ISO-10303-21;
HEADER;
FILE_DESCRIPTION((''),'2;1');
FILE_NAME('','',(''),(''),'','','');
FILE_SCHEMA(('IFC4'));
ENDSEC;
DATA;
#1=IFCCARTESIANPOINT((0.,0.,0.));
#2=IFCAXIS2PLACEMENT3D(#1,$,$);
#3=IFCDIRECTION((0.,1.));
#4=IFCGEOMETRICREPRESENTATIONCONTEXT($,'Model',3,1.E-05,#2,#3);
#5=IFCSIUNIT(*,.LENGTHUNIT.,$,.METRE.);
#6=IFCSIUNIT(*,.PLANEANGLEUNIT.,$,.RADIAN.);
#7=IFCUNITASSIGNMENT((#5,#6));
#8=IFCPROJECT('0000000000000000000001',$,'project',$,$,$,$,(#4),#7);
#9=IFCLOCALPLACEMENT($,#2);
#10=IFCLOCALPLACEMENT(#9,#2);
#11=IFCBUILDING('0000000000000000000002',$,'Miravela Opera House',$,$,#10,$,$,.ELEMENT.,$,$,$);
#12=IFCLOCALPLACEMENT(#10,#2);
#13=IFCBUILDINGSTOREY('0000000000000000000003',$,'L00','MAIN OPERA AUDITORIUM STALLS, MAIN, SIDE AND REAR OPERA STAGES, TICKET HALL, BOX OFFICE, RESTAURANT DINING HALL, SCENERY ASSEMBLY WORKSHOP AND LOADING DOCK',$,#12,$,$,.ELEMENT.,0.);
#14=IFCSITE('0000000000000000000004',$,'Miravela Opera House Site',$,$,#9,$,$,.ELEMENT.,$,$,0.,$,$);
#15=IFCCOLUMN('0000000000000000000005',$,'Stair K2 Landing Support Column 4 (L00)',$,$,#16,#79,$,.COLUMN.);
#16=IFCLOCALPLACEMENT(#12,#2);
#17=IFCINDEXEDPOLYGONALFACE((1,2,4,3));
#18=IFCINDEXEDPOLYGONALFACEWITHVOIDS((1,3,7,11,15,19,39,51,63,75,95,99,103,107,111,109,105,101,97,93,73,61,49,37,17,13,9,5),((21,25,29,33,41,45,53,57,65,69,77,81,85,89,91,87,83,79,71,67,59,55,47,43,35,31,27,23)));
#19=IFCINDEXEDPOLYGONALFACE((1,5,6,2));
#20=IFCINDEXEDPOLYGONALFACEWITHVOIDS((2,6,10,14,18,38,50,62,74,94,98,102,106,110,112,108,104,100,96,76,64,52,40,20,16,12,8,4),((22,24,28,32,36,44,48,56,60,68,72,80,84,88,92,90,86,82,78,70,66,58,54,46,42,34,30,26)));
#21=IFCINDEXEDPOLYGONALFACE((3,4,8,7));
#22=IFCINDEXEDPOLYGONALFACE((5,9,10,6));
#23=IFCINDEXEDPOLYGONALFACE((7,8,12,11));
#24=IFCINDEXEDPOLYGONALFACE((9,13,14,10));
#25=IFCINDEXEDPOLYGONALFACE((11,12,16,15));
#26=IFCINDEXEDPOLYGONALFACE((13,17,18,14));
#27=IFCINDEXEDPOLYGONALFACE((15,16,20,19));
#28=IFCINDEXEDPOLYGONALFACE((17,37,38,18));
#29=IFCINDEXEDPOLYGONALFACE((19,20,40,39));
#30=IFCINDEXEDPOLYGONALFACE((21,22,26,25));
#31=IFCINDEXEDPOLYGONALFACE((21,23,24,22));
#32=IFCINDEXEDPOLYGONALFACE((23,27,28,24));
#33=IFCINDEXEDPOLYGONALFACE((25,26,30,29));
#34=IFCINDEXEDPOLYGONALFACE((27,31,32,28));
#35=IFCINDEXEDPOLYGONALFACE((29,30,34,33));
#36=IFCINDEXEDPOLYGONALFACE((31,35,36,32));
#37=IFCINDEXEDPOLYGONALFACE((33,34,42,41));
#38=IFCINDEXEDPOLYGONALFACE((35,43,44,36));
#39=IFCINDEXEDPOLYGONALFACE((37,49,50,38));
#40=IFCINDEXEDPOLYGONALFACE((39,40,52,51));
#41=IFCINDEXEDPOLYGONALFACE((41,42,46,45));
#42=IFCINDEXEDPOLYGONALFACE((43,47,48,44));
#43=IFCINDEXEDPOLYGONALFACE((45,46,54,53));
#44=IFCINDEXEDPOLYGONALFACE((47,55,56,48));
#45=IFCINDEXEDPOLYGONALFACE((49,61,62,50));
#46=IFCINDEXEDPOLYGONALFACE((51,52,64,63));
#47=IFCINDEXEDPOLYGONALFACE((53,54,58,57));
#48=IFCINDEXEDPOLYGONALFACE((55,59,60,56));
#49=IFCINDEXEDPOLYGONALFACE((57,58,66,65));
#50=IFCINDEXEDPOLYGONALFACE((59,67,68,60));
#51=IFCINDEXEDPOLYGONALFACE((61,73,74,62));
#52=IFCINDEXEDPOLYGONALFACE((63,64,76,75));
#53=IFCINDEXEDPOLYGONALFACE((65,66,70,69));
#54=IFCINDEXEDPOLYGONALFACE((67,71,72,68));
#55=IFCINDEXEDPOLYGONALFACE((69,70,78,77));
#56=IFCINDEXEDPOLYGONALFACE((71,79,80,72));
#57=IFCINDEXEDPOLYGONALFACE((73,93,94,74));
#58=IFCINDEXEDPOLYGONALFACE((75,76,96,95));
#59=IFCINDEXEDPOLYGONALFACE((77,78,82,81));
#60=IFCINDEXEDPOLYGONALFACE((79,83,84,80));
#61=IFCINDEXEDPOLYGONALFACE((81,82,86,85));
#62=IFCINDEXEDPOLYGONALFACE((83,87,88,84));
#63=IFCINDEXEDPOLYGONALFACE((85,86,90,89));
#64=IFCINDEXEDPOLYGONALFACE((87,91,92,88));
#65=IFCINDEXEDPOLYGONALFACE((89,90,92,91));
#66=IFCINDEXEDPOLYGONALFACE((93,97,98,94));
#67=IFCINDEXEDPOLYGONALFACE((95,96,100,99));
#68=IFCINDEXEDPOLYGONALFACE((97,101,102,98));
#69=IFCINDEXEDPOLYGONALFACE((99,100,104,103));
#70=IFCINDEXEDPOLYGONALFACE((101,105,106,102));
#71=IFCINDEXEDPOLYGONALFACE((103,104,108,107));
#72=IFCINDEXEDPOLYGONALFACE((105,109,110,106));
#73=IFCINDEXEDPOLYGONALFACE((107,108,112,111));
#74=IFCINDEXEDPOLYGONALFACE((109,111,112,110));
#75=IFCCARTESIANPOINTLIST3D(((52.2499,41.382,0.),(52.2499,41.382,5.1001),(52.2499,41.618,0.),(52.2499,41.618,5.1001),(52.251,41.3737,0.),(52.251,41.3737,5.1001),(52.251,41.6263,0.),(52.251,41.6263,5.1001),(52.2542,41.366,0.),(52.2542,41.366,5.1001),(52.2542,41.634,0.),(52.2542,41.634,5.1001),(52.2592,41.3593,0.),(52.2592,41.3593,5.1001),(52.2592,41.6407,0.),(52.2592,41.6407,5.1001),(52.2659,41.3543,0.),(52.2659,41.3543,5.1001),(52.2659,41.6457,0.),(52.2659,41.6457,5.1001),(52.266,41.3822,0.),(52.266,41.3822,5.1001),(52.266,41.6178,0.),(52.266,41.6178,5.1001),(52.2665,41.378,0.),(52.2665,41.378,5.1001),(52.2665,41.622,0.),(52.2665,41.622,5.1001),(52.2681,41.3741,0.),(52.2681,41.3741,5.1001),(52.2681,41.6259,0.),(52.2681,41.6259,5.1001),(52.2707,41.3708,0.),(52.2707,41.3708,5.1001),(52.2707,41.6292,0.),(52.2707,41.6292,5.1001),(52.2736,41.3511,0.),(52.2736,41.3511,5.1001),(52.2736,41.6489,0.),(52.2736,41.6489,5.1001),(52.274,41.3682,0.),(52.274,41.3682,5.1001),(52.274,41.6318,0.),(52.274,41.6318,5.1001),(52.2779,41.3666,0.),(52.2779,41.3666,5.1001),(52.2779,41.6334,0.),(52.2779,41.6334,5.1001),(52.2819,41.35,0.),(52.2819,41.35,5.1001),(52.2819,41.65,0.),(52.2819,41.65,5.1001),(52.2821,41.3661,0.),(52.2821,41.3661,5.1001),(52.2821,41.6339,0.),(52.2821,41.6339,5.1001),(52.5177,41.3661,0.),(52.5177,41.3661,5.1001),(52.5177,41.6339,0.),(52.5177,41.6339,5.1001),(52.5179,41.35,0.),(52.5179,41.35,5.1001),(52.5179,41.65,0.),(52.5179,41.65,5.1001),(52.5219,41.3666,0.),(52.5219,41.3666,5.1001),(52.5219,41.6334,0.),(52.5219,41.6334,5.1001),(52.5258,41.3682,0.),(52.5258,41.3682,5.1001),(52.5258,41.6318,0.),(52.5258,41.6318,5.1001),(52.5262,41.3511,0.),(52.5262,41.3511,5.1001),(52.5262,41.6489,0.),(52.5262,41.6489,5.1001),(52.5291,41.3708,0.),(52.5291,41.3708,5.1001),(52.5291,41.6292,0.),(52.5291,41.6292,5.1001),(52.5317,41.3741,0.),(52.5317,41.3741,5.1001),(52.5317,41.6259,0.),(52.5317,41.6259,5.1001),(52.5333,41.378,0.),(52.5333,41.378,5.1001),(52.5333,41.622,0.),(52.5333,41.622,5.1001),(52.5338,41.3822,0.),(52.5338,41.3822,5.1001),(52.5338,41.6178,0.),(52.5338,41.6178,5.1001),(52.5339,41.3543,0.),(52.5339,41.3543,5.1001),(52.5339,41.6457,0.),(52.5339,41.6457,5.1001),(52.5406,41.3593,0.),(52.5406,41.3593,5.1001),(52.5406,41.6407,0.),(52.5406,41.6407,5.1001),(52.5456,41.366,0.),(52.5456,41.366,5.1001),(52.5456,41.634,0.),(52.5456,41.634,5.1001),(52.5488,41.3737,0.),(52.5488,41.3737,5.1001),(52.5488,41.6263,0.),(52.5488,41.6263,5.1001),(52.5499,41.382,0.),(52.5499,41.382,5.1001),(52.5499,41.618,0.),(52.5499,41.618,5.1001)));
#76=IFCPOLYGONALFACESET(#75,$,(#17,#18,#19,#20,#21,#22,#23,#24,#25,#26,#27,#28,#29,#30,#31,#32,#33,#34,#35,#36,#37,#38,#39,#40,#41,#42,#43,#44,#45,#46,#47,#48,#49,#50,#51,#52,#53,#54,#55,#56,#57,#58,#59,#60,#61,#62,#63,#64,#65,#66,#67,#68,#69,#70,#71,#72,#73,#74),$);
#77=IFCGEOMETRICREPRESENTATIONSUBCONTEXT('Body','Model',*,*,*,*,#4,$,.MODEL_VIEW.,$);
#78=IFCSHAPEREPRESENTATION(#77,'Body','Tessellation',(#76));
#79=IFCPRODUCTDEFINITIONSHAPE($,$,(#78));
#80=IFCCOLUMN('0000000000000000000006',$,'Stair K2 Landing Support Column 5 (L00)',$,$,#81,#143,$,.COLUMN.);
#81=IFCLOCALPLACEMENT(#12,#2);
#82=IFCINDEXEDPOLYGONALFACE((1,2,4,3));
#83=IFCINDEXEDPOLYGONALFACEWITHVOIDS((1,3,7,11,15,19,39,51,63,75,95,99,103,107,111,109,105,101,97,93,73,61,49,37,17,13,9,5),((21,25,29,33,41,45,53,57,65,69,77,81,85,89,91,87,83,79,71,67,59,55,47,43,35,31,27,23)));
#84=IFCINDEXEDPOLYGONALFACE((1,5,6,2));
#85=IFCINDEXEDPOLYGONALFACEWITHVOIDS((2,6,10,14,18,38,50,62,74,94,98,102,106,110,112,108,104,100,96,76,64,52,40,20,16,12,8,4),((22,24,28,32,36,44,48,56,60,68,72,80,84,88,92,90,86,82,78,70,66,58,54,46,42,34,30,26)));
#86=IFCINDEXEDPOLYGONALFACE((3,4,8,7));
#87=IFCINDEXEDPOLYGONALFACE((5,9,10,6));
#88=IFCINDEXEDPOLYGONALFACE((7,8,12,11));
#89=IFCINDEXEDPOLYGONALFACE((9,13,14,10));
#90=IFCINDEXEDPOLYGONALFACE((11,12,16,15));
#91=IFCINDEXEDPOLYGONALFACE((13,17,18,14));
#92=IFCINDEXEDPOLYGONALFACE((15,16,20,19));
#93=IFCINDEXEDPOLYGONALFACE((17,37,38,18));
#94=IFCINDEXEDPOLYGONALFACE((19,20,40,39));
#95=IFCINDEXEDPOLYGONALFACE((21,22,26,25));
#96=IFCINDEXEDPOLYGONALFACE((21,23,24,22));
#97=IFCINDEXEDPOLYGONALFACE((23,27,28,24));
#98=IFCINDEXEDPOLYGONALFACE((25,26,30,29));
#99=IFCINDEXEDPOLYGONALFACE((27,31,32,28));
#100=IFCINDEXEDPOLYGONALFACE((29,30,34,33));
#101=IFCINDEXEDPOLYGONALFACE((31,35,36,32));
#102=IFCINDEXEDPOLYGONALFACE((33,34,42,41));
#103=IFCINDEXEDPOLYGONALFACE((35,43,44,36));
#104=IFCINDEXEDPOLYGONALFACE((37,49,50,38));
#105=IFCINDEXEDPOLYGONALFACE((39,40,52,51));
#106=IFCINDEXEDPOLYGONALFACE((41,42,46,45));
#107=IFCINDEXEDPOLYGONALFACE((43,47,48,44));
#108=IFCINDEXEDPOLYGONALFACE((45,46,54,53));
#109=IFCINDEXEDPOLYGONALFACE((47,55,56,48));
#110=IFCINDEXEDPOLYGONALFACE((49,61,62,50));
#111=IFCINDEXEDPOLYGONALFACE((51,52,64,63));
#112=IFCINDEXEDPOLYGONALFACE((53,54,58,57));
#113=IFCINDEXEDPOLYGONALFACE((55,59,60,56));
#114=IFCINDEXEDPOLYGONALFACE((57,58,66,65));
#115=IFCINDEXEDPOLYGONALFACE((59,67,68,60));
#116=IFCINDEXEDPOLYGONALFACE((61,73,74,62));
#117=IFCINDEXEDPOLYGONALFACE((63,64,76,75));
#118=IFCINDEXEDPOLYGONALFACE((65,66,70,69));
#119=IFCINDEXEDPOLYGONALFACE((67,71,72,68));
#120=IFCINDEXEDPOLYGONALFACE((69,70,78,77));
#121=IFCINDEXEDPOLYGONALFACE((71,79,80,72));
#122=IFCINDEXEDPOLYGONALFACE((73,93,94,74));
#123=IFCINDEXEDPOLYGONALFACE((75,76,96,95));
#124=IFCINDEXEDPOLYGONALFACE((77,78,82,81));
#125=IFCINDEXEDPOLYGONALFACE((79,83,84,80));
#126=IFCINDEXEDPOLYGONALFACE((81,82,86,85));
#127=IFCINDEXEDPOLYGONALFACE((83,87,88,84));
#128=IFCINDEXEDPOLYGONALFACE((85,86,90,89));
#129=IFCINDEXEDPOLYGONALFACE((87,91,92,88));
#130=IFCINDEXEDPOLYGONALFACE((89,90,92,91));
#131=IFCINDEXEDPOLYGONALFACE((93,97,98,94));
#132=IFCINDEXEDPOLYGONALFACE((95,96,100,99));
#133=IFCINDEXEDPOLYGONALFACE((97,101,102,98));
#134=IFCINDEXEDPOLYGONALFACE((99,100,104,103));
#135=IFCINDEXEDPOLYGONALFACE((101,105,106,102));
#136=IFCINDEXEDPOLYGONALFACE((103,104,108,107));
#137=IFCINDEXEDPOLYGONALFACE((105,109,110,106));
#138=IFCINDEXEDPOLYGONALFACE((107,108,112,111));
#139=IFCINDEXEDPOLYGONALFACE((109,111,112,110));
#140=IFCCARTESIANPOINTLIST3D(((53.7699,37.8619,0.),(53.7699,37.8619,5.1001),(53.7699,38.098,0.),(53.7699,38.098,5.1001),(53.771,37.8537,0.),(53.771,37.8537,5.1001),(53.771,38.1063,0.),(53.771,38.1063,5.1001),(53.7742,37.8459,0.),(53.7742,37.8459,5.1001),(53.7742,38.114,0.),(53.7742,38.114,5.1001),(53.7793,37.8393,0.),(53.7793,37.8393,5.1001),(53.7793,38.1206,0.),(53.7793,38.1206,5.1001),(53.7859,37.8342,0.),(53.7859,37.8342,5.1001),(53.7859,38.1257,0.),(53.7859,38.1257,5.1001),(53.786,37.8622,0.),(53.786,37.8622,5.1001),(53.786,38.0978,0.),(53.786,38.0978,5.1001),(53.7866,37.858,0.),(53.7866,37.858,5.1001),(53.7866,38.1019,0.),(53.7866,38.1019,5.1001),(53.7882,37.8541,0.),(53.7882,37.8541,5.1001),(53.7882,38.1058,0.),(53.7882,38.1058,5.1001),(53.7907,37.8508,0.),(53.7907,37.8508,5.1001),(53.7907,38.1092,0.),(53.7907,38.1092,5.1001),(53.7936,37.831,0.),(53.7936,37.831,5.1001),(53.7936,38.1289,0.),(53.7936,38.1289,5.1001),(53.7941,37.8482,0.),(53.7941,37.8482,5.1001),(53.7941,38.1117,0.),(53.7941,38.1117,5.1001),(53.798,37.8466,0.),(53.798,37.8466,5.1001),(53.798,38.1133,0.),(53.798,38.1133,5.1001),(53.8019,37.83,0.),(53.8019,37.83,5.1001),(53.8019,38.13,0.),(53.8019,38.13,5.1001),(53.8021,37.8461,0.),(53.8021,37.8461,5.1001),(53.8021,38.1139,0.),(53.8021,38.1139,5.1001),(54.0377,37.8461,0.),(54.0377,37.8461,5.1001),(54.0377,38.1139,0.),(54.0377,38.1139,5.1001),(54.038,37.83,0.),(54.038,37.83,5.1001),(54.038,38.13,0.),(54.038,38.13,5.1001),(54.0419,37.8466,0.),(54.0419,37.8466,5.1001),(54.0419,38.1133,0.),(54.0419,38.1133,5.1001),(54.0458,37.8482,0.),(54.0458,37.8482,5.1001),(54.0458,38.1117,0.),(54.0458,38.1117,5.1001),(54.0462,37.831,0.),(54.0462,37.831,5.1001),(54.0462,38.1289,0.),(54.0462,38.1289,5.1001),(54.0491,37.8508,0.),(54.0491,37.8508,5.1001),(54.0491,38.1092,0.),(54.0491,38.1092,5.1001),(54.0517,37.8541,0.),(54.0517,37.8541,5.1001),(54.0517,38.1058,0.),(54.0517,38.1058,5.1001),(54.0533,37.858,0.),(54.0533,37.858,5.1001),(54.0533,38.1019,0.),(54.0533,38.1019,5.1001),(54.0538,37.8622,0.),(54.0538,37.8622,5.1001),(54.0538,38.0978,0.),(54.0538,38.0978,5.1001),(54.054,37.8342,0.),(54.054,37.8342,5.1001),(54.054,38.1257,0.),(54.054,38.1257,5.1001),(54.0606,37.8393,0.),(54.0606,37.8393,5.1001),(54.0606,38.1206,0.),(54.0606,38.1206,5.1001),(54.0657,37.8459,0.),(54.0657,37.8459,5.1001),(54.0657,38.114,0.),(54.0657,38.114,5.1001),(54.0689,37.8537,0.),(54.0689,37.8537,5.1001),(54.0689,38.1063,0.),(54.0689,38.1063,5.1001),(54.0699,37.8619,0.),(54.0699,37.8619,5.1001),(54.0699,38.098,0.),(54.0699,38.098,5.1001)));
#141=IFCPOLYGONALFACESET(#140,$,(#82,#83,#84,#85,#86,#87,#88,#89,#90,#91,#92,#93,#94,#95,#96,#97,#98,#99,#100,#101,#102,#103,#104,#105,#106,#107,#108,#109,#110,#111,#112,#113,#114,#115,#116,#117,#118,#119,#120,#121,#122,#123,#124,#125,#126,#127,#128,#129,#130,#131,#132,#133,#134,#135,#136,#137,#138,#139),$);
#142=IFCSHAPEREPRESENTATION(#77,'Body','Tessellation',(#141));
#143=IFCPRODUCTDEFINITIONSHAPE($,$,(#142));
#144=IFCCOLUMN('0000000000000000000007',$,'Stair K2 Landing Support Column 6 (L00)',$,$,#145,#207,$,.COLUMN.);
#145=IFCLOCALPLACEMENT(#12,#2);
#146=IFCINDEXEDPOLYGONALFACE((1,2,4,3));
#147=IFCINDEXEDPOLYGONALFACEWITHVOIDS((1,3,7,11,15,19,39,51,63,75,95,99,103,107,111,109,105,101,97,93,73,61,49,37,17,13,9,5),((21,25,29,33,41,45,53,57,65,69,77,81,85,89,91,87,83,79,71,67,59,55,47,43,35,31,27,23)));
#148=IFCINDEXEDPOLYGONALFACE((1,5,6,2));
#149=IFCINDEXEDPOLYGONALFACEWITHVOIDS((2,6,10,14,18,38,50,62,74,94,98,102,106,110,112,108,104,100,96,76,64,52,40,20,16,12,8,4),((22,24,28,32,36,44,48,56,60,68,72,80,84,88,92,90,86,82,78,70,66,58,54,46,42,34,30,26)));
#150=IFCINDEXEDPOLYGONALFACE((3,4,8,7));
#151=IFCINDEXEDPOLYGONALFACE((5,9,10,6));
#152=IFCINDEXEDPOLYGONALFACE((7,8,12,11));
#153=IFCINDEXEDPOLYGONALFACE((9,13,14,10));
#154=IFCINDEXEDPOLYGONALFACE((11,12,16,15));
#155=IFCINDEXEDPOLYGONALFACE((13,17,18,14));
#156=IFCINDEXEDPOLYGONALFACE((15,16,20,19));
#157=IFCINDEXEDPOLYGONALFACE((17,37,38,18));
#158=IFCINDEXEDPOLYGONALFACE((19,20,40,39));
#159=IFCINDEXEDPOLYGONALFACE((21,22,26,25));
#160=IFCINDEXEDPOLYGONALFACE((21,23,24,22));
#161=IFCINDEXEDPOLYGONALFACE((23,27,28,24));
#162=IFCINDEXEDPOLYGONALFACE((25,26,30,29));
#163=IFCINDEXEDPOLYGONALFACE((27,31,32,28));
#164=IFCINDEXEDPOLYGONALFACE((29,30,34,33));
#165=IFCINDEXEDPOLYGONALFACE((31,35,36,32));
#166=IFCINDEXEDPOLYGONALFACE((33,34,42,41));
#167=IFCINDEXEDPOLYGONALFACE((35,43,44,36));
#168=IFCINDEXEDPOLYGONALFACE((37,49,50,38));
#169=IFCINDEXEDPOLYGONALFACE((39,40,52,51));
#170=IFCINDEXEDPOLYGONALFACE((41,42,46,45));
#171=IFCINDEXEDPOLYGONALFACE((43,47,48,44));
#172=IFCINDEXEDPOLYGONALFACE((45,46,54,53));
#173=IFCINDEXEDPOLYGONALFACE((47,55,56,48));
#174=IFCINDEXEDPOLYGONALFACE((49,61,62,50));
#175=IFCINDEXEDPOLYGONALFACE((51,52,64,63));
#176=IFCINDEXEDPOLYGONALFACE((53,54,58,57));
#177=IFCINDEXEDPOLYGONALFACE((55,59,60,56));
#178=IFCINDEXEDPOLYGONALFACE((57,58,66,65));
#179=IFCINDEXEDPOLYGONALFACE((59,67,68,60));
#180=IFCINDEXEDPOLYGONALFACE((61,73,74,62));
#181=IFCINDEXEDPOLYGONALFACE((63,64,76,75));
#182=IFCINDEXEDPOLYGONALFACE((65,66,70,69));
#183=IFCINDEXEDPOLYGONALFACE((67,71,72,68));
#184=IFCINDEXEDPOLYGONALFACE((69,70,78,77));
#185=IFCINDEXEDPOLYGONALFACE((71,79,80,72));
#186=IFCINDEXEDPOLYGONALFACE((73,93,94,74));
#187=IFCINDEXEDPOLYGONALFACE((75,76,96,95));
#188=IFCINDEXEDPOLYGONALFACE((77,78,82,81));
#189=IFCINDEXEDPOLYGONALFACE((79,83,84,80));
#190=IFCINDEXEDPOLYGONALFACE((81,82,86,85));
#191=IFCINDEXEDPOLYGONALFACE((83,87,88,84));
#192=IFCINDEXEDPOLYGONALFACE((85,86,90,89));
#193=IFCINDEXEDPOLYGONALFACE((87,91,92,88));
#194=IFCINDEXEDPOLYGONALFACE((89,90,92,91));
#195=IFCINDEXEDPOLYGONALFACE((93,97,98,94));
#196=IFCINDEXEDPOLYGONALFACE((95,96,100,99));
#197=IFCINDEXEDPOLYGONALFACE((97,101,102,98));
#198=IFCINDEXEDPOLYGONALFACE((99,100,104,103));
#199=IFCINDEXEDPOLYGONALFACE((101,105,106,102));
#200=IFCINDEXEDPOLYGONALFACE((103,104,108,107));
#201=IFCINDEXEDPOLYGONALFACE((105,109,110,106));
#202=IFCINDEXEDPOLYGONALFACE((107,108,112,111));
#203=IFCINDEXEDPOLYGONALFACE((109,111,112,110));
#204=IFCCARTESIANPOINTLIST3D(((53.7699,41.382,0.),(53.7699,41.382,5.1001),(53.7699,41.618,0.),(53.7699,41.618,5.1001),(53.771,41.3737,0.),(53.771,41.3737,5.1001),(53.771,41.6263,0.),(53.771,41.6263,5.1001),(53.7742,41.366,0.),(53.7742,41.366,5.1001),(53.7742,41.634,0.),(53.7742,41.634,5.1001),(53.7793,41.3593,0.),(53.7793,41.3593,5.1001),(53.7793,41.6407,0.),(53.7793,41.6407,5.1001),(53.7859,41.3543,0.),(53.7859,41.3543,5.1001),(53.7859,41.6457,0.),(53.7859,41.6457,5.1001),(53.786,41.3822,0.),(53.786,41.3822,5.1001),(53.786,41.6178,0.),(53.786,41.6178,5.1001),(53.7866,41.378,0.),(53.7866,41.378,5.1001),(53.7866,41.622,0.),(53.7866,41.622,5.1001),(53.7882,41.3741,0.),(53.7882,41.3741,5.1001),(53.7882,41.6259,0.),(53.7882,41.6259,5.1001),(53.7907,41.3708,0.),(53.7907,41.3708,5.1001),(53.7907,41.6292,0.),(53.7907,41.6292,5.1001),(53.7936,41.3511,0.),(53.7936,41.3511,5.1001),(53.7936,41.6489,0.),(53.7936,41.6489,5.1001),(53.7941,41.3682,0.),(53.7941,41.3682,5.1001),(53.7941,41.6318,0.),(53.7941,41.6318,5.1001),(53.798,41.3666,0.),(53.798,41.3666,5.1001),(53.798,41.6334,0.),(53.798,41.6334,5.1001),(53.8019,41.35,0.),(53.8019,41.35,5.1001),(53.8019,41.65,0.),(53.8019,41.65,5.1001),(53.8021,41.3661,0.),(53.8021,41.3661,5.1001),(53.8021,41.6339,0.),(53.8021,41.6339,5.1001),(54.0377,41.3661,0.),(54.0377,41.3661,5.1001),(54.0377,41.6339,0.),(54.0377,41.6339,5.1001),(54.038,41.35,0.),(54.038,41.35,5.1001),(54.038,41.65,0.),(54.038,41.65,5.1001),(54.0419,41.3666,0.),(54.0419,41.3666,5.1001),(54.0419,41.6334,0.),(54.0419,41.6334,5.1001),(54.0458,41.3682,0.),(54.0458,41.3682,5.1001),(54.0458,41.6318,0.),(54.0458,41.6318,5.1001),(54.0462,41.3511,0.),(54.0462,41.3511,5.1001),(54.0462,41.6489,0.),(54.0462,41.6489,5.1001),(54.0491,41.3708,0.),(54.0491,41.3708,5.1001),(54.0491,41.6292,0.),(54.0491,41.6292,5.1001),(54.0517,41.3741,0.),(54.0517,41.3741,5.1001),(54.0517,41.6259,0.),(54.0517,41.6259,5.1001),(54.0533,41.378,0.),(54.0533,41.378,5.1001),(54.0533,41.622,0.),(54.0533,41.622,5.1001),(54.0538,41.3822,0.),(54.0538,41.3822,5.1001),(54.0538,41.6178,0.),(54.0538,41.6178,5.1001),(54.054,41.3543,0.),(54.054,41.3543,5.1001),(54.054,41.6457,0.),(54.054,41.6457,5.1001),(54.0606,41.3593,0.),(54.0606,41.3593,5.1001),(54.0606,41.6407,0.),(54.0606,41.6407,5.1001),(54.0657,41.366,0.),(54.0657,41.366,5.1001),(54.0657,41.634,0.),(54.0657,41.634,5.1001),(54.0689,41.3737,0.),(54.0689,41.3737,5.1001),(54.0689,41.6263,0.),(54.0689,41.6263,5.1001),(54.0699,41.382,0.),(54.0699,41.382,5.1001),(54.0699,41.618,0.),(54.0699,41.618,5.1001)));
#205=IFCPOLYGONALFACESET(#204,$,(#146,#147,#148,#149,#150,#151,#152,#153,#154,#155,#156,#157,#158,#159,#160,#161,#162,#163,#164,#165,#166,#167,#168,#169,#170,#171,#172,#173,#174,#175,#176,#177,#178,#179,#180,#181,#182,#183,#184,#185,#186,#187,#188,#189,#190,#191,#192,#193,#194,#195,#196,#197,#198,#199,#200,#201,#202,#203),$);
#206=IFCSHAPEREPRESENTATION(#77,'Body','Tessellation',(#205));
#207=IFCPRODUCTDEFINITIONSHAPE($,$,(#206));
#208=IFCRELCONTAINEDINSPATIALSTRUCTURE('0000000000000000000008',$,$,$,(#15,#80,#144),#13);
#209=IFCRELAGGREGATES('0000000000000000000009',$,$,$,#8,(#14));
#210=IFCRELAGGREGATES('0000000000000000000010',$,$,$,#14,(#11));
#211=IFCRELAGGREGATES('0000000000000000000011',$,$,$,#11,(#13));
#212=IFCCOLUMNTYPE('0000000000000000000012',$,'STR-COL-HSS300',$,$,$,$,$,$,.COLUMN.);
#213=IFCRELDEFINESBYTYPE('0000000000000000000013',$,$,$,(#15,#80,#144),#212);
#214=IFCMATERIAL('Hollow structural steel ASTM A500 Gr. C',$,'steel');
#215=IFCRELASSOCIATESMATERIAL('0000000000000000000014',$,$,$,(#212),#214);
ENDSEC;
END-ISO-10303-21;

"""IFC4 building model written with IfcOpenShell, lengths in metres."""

from ifc_helpers import new_model, si_unit, direction, frame, origin, origin_2d, place, context, subcontext, project, spatial, hollow_rectangle, extrude, material, material_profile, profile_set, type_object, element, save


model = new_model("IFC4")

# Units and contexts
model_context = context("Model", 3, precision=1e-05, world=origin(), true_north=direction((0.0, 1.0)))
body_context = subcontext(model_context, "Body", "Model", "MODEL_VIEW")
ifc_project = project(units=[si_unit("LENGTHUNIT", "METRE"), si_unit("PLANEANGLEUNIT", "RADIAN")], contexts=[model_context])

# Site, building, storey
site_placement = place(None, origin())
site = spatial("IfcSite", under=ifc_project, at=site_placement, Name="Miravela Opera House Site", CompositionType="ELEMENT", RefElevation=0.0)
building_placement = place(site_placement, origin())
building = spatial("IfcBuilding", under=site, at=building_placement, Name="Miravela Opera House", CompositionType="ELEMENT")
storey_placement = place(building_placement, origin())
storey = spatial("IfcBuildingStorey", under=building, at=storey_placement, Name="L00", Description="MAIN OPERA AUDITORIUM STALLS, MAIN, SIDE AND REAR OPERA STAGES, TICKET HALL, BOX OFFICE, RESTAURANT DINING HALL, SCENERY ASSEMBLY WORKSHOP AND LOADING DOCK", CompositionType="ELEMENT", Elevation=0.0)

# Columns
ifc_material_1 = material(Name="Hollow structural steel ASTM A500 Gr. C", Category="steel")
ifc_material_profile_1 = material_profile(ifc_material_1, hollow_rectangle(XDim=0.3, YDim=0.3, WallThickness=0.0161, InnerFilletRadius=0.0161, OuterFilletRadius=0.032, at=origin_2d()), Name="HSS300X300X16")
ifc_profile_set_1 = profile_set([ifc_material_profile_1])
column_type = type_object("IfcColumnType", Name="STR-COL-HSS300", PredefinedType="COLUMN", material=ifc_profile_set_1)
for number, where, z_axis, x_axis, name in (
    (1, (52.3999, 41.5, 0.0), (0.0, 0.0, 1.0), (1.0, 0.0, 0.0), "Stair K2 Landing Support Column 4 (L00)"),
    (2, (53.9199, 37.98, 0.0), (0.0, 0.0, 1.0), (1.0, 0.0, 0.0), "Stair K2 Landing Support Column 5 (L00)"),
    (3, (53.9199, 41.5, 0.0), (0.0, 0.0, 1.0), (1.0, 0.0, 0.0), "Stair K2 Landing Support Column 6 (L00)"),
):
    element("IfcColumn", number, at=place(storey_placement, frame(where, z_axis=z_axis, x_axis=x_axis)), inside=storey, type_object=column_type, Name=name, PredefinedType="COLUMN", context=body_context, shape_type="SweptSolid", body=[
        extrude(hollow_rectangle(XDim=0.3, YDim=0.3, WallThickness=0.0161, InnerFilletRadius=0.0161, OuterFilletRadius=0.032, at=origin_2d()), origin(), (0.0, 0.0, 1.0), 5.1001),
    ])

save(model, "model.ifc")
